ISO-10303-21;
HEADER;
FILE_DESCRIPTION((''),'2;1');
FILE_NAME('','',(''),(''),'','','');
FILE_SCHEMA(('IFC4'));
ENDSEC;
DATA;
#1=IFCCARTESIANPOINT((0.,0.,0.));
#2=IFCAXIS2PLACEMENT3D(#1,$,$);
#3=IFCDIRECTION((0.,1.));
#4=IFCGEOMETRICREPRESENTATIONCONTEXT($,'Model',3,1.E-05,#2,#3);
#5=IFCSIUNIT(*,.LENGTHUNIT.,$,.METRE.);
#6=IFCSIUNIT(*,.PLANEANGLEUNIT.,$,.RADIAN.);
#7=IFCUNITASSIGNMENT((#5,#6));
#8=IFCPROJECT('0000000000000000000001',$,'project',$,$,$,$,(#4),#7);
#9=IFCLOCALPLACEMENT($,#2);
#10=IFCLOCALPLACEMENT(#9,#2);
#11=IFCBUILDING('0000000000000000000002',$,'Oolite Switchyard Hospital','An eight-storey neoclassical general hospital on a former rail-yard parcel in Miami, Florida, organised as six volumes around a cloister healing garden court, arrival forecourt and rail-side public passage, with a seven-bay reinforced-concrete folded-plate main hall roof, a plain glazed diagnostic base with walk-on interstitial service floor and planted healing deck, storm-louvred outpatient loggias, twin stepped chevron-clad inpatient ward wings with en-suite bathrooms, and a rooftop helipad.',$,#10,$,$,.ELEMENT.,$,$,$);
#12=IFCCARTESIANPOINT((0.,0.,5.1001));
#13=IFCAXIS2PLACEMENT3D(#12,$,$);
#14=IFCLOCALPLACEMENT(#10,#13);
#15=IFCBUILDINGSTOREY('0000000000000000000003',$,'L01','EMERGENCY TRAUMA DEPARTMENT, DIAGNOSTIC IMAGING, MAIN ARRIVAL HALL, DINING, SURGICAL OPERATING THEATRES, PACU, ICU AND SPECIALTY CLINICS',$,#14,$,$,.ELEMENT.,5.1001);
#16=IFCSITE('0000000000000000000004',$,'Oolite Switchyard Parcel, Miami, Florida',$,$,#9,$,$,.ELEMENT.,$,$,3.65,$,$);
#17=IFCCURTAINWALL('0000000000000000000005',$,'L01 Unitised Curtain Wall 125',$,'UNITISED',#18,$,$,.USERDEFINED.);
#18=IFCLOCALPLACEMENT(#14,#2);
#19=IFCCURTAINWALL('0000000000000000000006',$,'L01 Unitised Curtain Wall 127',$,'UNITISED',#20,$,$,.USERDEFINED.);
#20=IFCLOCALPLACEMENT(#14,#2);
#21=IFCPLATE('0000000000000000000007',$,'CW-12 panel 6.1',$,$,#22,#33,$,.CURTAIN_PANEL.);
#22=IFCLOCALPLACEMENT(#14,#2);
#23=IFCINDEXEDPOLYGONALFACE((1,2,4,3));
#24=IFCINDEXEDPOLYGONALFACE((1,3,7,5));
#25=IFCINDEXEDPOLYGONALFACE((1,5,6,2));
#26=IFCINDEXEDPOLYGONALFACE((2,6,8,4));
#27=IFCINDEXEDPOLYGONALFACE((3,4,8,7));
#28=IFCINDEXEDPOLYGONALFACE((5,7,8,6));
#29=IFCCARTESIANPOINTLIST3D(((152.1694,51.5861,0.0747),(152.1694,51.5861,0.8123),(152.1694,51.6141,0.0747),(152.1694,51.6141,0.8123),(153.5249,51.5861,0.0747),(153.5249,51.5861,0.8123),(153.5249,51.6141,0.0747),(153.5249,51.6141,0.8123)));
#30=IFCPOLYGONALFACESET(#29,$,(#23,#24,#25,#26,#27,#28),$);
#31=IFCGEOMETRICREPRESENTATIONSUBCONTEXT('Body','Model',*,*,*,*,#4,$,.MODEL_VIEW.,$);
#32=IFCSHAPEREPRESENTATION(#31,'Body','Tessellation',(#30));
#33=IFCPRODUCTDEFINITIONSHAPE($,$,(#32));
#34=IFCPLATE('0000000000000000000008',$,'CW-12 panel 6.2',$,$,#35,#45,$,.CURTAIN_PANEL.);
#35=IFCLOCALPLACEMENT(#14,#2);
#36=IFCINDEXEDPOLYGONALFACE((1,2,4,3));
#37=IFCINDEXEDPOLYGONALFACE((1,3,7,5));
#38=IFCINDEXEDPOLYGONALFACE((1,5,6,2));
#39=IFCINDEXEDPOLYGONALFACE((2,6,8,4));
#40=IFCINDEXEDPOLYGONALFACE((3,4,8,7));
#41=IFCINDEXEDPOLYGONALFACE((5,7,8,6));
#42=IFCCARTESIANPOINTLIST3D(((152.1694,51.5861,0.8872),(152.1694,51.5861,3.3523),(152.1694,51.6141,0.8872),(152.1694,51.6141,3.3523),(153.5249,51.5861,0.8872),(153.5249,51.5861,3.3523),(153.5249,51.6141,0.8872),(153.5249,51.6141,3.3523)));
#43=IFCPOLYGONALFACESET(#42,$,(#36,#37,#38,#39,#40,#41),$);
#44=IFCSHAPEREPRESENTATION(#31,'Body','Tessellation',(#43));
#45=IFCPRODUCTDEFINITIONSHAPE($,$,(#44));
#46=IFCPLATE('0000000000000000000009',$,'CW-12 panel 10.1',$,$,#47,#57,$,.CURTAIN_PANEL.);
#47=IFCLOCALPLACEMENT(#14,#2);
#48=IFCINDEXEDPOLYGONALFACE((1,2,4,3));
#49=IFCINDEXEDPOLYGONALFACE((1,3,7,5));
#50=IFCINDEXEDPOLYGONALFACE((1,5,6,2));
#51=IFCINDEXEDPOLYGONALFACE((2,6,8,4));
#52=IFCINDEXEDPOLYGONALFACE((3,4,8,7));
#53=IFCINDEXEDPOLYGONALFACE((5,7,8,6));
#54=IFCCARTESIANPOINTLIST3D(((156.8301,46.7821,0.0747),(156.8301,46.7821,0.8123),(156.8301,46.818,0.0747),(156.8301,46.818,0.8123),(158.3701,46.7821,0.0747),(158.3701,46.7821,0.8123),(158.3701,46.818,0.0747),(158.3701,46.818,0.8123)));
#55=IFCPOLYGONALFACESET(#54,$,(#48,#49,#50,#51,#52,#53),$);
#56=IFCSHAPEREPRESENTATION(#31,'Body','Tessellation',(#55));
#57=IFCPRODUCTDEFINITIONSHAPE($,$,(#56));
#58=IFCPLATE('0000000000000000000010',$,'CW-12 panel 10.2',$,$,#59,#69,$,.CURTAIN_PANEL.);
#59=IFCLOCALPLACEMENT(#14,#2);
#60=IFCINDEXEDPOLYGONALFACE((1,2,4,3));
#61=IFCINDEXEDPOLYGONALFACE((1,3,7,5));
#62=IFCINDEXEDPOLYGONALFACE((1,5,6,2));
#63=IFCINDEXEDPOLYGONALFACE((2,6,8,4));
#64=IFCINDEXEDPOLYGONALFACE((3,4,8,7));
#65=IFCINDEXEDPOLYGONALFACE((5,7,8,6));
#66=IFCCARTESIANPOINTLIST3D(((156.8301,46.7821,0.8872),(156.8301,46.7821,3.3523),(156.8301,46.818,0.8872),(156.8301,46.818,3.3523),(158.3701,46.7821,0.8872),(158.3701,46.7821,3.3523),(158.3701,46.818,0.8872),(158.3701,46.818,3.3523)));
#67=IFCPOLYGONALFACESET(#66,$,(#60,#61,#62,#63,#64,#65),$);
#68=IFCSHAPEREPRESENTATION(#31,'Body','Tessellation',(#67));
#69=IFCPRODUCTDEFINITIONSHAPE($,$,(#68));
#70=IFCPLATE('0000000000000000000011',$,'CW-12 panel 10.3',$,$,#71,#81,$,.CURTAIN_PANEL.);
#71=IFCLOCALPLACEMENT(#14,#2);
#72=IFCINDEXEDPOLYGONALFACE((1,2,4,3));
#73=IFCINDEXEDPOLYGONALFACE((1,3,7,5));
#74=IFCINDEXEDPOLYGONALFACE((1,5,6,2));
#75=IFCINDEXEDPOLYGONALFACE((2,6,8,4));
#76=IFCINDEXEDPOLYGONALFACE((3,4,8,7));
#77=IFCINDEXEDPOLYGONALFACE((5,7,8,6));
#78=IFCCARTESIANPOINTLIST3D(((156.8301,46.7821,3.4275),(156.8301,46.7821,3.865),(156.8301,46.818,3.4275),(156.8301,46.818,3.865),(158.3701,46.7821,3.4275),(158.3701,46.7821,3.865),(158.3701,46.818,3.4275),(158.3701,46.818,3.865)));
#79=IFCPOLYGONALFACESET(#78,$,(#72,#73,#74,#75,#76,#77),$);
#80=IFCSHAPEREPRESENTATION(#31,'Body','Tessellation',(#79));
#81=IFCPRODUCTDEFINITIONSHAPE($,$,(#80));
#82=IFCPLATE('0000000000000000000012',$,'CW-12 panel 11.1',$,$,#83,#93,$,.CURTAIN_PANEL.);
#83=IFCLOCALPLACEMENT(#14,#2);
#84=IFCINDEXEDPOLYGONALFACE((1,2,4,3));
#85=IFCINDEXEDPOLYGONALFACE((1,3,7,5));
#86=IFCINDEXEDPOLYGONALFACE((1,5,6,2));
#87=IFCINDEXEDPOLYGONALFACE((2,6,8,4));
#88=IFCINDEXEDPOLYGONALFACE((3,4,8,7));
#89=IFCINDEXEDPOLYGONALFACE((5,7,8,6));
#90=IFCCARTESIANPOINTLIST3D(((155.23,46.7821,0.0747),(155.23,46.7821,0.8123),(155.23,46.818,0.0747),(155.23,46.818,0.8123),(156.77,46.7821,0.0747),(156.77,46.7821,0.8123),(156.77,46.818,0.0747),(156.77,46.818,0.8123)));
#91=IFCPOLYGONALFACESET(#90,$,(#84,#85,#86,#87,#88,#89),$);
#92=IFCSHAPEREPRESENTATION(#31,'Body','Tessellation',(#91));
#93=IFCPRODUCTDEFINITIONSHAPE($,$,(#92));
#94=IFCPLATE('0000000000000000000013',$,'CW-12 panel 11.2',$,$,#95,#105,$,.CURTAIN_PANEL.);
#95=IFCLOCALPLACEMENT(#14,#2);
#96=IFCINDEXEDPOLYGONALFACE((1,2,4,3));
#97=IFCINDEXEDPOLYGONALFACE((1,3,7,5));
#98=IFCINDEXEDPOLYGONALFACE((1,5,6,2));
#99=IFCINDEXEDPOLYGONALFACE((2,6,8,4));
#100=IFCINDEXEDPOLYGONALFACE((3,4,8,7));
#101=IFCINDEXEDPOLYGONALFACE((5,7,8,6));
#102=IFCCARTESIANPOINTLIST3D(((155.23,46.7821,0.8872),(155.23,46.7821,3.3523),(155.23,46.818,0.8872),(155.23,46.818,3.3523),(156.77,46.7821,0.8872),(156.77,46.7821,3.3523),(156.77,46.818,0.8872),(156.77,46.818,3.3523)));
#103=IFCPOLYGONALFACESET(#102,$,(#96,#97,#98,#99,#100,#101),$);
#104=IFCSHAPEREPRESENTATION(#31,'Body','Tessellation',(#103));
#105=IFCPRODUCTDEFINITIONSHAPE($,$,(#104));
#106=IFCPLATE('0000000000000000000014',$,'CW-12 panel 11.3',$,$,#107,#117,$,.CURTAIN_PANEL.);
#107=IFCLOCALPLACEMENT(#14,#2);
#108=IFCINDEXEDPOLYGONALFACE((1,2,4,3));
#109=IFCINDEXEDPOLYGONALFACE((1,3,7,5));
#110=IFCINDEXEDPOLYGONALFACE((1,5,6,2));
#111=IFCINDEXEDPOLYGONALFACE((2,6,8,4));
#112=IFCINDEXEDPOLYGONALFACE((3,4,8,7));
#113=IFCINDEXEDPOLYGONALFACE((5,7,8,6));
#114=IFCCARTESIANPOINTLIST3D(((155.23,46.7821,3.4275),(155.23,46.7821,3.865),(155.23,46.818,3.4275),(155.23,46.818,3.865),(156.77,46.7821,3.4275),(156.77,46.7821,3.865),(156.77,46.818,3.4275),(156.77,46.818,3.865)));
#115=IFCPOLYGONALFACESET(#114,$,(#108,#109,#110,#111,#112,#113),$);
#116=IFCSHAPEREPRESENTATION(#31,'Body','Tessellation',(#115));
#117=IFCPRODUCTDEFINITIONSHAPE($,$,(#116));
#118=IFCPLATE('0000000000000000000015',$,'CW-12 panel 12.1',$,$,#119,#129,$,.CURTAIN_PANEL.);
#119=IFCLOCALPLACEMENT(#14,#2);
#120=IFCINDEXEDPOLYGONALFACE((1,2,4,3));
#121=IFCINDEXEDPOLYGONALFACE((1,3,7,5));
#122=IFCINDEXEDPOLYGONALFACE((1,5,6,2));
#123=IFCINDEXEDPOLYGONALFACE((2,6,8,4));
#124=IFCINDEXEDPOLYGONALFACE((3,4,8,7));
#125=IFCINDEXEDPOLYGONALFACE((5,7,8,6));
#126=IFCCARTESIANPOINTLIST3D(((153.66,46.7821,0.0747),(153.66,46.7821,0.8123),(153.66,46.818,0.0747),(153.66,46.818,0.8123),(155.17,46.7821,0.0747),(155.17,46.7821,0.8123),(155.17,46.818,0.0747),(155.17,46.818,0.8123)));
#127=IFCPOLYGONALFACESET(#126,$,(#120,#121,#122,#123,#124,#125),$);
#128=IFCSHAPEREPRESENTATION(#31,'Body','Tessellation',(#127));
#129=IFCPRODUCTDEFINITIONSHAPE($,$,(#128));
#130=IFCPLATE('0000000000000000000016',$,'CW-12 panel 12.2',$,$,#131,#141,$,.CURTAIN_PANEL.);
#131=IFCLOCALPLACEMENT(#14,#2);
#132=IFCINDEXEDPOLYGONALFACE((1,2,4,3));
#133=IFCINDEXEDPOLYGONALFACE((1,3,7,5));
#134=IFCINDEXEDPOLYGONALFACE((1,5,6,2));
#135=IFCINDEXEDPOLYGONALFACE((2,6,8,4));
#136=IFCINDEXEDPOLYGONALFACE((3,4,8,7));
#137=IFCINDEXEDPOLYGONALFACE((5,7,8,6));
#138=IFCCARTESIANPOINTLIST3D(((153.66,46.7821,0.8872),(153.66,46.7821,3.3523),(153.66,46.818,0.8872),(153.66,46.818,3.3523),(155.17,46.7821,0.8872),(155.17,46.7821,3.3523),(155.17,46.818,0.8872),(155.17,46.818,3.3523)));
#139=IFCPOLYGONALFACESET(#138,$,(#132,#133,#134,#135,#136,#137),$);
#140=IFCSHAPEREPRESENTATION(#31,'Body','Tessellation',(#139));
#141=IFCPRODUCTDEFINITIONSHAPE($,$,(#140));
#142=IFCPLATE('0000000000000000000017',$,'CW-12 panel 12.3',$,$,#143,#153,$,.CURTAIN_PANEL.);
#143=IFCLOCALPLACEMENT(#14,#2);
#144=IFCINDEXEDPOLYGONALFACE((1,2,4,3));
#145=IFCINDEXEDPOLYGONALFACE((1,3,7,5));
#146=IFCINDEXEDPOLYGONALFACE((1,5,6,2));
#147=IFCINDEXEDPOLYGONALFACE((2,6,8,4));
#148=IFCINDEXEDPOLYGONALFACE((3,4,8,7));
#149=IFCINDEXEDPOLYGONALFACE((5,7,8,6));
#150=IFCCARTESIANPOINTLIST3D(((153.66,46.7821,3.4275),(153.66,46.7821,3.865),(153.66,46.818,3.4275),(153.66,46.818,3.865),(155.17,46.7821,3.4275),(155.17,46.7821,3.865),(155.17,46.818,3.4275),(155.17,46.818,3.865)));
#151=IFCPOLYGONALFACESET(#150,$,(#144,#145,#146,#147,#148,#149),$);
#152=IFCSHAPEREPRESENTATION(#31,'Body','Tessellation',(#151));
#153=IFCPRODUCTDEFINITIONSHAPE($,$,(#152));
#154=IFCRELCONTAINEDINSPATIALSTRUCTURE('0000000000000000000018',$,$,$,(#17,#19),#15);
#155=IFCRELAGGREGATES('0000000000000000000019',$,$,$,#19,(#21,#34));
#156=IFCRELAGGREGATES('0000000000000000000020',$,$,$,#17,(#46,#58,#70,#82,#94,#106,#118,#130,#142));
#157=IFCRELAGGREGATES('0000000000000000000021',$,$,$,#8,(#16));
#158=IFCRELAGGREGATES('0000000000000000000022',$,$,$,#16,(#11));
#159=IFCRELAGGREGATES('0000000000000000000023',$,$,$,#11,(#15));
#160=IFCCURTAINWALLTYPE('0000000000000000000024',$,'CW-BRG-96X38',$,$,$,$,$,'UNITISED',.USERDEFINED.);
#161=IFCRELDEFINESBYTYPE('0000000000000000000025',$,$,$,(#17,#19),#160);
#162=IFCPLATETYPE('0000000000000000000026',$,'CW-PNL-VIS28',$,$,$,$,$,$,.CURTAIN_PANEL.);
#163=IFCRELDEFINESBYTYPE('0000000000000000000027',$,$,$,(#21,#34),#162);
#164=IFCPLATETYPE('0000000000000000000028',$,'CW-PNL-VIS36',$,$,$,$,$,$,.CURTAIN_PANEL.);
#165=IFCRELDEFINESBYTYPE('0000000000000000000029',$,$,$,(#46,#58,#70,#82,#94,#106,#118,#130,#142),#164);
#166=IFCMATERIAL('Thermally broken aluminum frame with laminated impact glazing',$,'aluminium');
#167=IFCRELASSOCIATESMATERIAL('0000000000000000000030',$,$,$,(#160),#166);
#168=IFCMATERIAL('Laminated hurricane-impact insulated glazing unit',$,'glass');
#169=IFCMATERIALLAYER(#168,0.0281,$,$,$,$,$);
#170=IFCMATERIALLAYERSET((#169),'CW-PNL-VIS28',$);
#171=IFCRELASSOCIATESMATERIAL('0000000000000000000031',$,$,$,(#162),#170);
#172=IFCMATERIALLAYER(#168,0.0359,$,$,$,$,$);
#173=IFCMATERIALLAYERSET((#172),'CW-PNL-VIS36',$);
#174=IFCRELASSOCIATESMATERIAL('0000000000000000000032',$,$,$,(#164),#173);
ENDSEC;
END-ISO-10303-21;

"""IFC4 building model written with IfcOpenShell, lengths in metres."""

from ifc_helpers import new_model, si_unit, direction, frame, origin, origin_2d, place, context, subcontext, project, spatial, rectangle, extrude, material, layer, layer_set, type_object, element, aggregate, save


model = new_model("IFC4")

# Units and contexts
model_context = context("Model", 3, precision=1e-05, world=origin(), true_north=direction((0.0, 1.0)))
body_context = subcontext(model_context, "Body", "Model", "MODEL_VIEW")
ifc_project = project(units=[si_unit("LENGTHUNIT", "METRE"), si_unit("PLANEANGLEUNIT", "RADIAN")], contexts=[model_context])

# Site, building, storey
site_placement = place(None, origin())
site = spatial("IfcSite", under=ifc_project, at=site_placement, Name="Oolite Switchyard Parcel, Miami, Florida", CompositionType="ELEMENT", RefElevation=3.65)
building_placement = place(site_placement, origin())
building = spatial("IfcBuilding", under=site, at=building_placement, Name="Oolite Switchyard Hospital", Description="An eight-storey neoclassical general hospital on a former rail-yard parcel in Miami, Florida, organised as six volumes around a cloister healing garden court, arrival forecourt and rail-side public passage, with a seven-bay reinforced-concrete folded-plate main hall roof, a plain glazed diagnostic base with walk-on interstitial service floor and planted healing deck, storm-louvred outpatient loggias, twin stepped chevron-clad inpatient ward wings with en-suite bathrooms, and a rooftop helipad.", CompositionType="ELEMENT")
storey_placement = place(building_placement, frame((0.0, 0.0, 5.1001)))
storey = spatial("IfcBuildingStorey", under=building, at=storey_placement, Name="L01", Description="EMERGENCY TRAUMA DEPARTMENT, DIAGNOSTIC IMAGING, MAIN ARRIVAL HALL, DINING, SURGICAL OPERATING THEATRES, PACU, ICU AND SPECIALTY CLINICS", CompositionType="ELEMENT", Elevation=5.1001)

# Curtain wall
ifc_material_1 = material(Name="Thermally broken aluminum frame with laminated impact glazing", Category="aluminium")
curtain_wall_type = type_object("IfcCurtainWallType", Name="CW-BRG-96X38", ElementType="UNITISED", PredefinedType="USERDEFINED", material=ifc_material_1)
curtain_wall_1_placement = place(storey_placement, origin())
curtain_wall_1 = element("IfcCurtainWall", 1, at=curtain_wall_1_placement, inside=storey, type_object=curtain_wall_type, Name="L01 Unitised Curtain Wall 125", ObjectType="UNITISED", PredefinedType="USERDEFINED")

# Curtain wall, plates
curtain_wall_2_placement = place(storey_placement, origin())
curtain_wall_2 = element("IfcCurtainWall", 2, at=curtain_wall_2_placement, inside=storey, type_object=curtain_wall_type, Name="L01 Unitised Curtain Wall 127", ObjectType="UNITISED", PredefinedType="USERDEFINED")
ifc_material_2 = material(Name="Laminated hurricane-impact insulated glazing unit", Category="glass")
ifc_layer_1 = layer(ifc_material_2, 0.0281)
ifc_layer_set_1 = layer_set([ifc_layer_1], Name="CW-PNL-VIS28")
plate_type_1 = type_object("IfcPlateType", Name="CW-PNL-VIS28", PredefinedType="CURTAIN_PANEL", material=ifc_layer_set_1)
plate_1_placement = place(storey_placement, frame((152.8472, 51.6001, 0.0747), z_axis=(0.0, 0.0, 1.0), x_axis=(1.0, 0.0, 0.0)))
plate_1 = element("IfcPlate", 3, at=plate_1_placement, type_object=plate_type_1, Name="CW-12 panel 6.1", PredefinedType="CURTAIN_PANEL", context=body_context, shape_type="SweptSolid", body=[
    extrude(rectangle(XDim=1.3555, YDim=0.0281, at=origin_2d()), origin(), (0.0, 0.0, 1.0), 0.7375),
])
plate_2_placement = place(storey_placement, frame((152.8472, 51.6001, 0.8872), z_axis=(0.0, 0.0, 1.0), x_axis=(1.0, 0.0, 0.0)))
plate_2 = element("IfcPlate", 4, at=plate_2_placement, type_object=plate_type_1, Name="CW-12 panel 6.2", PredefinedType="CURTAIN_PANEL", context=body_context, shape_type="SweptSolid", body=[
    extrude(rectangle(XDim=1.3555, YDim=0.0281, at=origin_2d()), origin(), (0.0, 0.0, 1.0), 2.4651),
])
aggregate(curtain_wall_2, [plate_1, plate_2])

# Plates
ifc_layer_2 = layer(ifc_material_2, 0.0359)
ifc_layer_set_2 = layer_set([ifc_layer_2], Name="CW-PNL-VIS36")
plate_type_2 = type_object("IfcPlateType", Name="CW-PNL-VIS36", PredefinedType="CURTAIN_PANEL", material=ifc_layer_set_2)
plate_3_placement = place(storey_placement, frame((157.6001, 46.8, 0.0747), z_axis=(0.0, 0.0, 1.0), x_axis=(-1.0, 0.0, 0.0)))
plate_3 = element("IfcPlate", 5, at=plate_3_placement, type_object=plate_type_2, Name="CW-12 panel 10.1", PredefinedType="CURTAIN_PANEL", context=body_context, shape_type="SweptSolid", body=[
    extrude(rectangle(XDim=1.54, YDim=0.0359, at=origin_2d()), origin(), (0.0, 0.0, 1.0), 0.7375),
])
plate_4_placement = place(storey_placement, frame((157.6001, 46.8, 0.8872), z_axis=(0.0, 0.0, 1.0), x_axis=(-1.0, 0.0, 0.0)))
plate_4 = element("IfcPlate", 6, at=plate_4_placement, type_object=plate_type_2, Name="CW-12 panel 10.2", PredefinedType="CURTAIN_PANEL", context=body_context, shape_type="SweptSolid", body=[
    extrude(rectangle(XDim=1.54, YDim=0.0359, at=origin_2d()), origin(), (0.0, 0.0, 1.0), 2.4651),
])
plate_5_placement = place(storey_placement, frame((157.6001, 46.8, 3.4275), z_axis=(0.0, 0.0, 1.0), x_axis=(-1.0, 0.0, 0.0)))
plate_5 = element("IfcPlate", 7, at=plate_5_placement, type_object=plate_type_2, Name="CW-12 panel 10.3", PredefinedType="CURTAIN_PANEL", context=body_context, shape_type="SweptSolid", body=[
    extrude(rectangle(XDim=1.54, YDim=0.0359, at=origin_2d()), origin(), (0.0, 0.0, 1.0), 0.4375),
])
plate_6_placement = place(storey_placement, frame((156.0, 46.8, 0.0747), z_axis=(0.0, 0.0, 1.0), x_axis=(-1.0, 0.0, 0.0)))
plate_6 = element("IfcPlate", 8, at=plate_6_placement, type_object=plate_type_2, Name="CW-12 panel 11.1", PredefinedType="CURTAIN_PANEL", context=body_context, shape_type="SweptSolid", body=[
    extrude(rectangle(XDim=1.54, YDim=0.0359, at=origin_2d()), origin(), (0.0, 0.0, 1.0), 0.7375),
])
plate_7_placement = place(storey_placement, frame((156.0, 46.8, 0.8872), z_axis=(0.0, 0.0, 1.0), x_axis=(-1.0, 0.0, 0.0)))
plate_7 = element("IfcPlate", 9, at=plate_7_placement, type_object=plate_type_2, Name="CW-12 panel 11.2", PredefinedType="CURTAIN_PANEL", context=body_context, shape_type="SweptSolid", body=[
    extrude(rectangle(XDim=1.54, YDim=0.0359, at=origin_2d()), origin(), (0.0, 0.0, 1.0), 2.4651),
])
plate_8_placement = place(storey_placement, frame((156.0, 46.8, 3.4275), z_axis=(0.0, 0.0, 1.0), x_axis=(-1.0, 0.0, 0.0)))
plate_8 = element("IfcPlate", 10, at=plate_8_placement, type_object=plate_type_2, Name="CW-12 panel 11.3", PredefinedType="CURTAIN_PANEL", context=body_context, shape_type="SweptSolid", body=[
    extrude(rectangle(XDim=1.54, YDim=0.0359, at=origin_2d()), origin(), (0.0, 0.0, 1.0), 0.4375),
])
plate_9_placement = place(storey_placement, frame((154.415, 46.8, 0.0747), z_axis=(0.0, 0.0, 1.0), x_axis=(-1.0, 0.0, 0.0)))
plate_9 = element("IfcPlate", 11, at=plate_9_placement, type_object=plate_type_2, Name="CW-12 panel 12.1", PredefinedType="CURTAIN_PANEL", context=body_context, shape_type="SweptSolid", body=[
    extrude(rectangle(XDim=1.51, YDim=0.0359, at=origin_2d()), origin(), (0.0, 0.0, 1.0), 0.7375),
])
plate_10_placement = place(storey_placement, frame((154.415, 46.8, 0.8872), z_axis=(0.0, 0.0, 1.0), x_axis=(-1.0, 0.0, 0.0)))
plate_10 = element("IfcPlate", 12, at=plate_10_placement, type_object=plate_type_2, Name="CW-12 panel 12.2", PredefinedType="CURTAIN_PANEL", context=body_context, shape_type="SweptSolid", body=[
    extrude(rectangle(XDim=1.51, YDim=0.0359, at=origin_2d()), origin(), (0.0, 0.0, 1.0), 2.4651),
])
plate_11_placement = place(storey_placement, frame((154.415, 46.8, 3.4275), z_axis=(0.0, 0.0, 1.0), x_axis=(-1.0, 0.0, 0.0)))
plate_11 = element("IfcPlate", 13, at=plate_11_placement, type_object=plate_type_2, Name="CW-12 panel 12.3", PredefinedType="CURTAIN_PANEL", context=body_context, shape_type="SweptSolid", body=[
    extrude(rectangle(XDim=1.51, YDim=0.0359, at=origin_2d()), origin(), (0.0, 0.0, 1.0), 0.4375),
])
aggregate(curtain_wall_1, [plate_3, plate_4, plate_5, plate_6, plate_7, plate_8, plate_9, plate_10, plate_11])

save(model, "model.ifc")
